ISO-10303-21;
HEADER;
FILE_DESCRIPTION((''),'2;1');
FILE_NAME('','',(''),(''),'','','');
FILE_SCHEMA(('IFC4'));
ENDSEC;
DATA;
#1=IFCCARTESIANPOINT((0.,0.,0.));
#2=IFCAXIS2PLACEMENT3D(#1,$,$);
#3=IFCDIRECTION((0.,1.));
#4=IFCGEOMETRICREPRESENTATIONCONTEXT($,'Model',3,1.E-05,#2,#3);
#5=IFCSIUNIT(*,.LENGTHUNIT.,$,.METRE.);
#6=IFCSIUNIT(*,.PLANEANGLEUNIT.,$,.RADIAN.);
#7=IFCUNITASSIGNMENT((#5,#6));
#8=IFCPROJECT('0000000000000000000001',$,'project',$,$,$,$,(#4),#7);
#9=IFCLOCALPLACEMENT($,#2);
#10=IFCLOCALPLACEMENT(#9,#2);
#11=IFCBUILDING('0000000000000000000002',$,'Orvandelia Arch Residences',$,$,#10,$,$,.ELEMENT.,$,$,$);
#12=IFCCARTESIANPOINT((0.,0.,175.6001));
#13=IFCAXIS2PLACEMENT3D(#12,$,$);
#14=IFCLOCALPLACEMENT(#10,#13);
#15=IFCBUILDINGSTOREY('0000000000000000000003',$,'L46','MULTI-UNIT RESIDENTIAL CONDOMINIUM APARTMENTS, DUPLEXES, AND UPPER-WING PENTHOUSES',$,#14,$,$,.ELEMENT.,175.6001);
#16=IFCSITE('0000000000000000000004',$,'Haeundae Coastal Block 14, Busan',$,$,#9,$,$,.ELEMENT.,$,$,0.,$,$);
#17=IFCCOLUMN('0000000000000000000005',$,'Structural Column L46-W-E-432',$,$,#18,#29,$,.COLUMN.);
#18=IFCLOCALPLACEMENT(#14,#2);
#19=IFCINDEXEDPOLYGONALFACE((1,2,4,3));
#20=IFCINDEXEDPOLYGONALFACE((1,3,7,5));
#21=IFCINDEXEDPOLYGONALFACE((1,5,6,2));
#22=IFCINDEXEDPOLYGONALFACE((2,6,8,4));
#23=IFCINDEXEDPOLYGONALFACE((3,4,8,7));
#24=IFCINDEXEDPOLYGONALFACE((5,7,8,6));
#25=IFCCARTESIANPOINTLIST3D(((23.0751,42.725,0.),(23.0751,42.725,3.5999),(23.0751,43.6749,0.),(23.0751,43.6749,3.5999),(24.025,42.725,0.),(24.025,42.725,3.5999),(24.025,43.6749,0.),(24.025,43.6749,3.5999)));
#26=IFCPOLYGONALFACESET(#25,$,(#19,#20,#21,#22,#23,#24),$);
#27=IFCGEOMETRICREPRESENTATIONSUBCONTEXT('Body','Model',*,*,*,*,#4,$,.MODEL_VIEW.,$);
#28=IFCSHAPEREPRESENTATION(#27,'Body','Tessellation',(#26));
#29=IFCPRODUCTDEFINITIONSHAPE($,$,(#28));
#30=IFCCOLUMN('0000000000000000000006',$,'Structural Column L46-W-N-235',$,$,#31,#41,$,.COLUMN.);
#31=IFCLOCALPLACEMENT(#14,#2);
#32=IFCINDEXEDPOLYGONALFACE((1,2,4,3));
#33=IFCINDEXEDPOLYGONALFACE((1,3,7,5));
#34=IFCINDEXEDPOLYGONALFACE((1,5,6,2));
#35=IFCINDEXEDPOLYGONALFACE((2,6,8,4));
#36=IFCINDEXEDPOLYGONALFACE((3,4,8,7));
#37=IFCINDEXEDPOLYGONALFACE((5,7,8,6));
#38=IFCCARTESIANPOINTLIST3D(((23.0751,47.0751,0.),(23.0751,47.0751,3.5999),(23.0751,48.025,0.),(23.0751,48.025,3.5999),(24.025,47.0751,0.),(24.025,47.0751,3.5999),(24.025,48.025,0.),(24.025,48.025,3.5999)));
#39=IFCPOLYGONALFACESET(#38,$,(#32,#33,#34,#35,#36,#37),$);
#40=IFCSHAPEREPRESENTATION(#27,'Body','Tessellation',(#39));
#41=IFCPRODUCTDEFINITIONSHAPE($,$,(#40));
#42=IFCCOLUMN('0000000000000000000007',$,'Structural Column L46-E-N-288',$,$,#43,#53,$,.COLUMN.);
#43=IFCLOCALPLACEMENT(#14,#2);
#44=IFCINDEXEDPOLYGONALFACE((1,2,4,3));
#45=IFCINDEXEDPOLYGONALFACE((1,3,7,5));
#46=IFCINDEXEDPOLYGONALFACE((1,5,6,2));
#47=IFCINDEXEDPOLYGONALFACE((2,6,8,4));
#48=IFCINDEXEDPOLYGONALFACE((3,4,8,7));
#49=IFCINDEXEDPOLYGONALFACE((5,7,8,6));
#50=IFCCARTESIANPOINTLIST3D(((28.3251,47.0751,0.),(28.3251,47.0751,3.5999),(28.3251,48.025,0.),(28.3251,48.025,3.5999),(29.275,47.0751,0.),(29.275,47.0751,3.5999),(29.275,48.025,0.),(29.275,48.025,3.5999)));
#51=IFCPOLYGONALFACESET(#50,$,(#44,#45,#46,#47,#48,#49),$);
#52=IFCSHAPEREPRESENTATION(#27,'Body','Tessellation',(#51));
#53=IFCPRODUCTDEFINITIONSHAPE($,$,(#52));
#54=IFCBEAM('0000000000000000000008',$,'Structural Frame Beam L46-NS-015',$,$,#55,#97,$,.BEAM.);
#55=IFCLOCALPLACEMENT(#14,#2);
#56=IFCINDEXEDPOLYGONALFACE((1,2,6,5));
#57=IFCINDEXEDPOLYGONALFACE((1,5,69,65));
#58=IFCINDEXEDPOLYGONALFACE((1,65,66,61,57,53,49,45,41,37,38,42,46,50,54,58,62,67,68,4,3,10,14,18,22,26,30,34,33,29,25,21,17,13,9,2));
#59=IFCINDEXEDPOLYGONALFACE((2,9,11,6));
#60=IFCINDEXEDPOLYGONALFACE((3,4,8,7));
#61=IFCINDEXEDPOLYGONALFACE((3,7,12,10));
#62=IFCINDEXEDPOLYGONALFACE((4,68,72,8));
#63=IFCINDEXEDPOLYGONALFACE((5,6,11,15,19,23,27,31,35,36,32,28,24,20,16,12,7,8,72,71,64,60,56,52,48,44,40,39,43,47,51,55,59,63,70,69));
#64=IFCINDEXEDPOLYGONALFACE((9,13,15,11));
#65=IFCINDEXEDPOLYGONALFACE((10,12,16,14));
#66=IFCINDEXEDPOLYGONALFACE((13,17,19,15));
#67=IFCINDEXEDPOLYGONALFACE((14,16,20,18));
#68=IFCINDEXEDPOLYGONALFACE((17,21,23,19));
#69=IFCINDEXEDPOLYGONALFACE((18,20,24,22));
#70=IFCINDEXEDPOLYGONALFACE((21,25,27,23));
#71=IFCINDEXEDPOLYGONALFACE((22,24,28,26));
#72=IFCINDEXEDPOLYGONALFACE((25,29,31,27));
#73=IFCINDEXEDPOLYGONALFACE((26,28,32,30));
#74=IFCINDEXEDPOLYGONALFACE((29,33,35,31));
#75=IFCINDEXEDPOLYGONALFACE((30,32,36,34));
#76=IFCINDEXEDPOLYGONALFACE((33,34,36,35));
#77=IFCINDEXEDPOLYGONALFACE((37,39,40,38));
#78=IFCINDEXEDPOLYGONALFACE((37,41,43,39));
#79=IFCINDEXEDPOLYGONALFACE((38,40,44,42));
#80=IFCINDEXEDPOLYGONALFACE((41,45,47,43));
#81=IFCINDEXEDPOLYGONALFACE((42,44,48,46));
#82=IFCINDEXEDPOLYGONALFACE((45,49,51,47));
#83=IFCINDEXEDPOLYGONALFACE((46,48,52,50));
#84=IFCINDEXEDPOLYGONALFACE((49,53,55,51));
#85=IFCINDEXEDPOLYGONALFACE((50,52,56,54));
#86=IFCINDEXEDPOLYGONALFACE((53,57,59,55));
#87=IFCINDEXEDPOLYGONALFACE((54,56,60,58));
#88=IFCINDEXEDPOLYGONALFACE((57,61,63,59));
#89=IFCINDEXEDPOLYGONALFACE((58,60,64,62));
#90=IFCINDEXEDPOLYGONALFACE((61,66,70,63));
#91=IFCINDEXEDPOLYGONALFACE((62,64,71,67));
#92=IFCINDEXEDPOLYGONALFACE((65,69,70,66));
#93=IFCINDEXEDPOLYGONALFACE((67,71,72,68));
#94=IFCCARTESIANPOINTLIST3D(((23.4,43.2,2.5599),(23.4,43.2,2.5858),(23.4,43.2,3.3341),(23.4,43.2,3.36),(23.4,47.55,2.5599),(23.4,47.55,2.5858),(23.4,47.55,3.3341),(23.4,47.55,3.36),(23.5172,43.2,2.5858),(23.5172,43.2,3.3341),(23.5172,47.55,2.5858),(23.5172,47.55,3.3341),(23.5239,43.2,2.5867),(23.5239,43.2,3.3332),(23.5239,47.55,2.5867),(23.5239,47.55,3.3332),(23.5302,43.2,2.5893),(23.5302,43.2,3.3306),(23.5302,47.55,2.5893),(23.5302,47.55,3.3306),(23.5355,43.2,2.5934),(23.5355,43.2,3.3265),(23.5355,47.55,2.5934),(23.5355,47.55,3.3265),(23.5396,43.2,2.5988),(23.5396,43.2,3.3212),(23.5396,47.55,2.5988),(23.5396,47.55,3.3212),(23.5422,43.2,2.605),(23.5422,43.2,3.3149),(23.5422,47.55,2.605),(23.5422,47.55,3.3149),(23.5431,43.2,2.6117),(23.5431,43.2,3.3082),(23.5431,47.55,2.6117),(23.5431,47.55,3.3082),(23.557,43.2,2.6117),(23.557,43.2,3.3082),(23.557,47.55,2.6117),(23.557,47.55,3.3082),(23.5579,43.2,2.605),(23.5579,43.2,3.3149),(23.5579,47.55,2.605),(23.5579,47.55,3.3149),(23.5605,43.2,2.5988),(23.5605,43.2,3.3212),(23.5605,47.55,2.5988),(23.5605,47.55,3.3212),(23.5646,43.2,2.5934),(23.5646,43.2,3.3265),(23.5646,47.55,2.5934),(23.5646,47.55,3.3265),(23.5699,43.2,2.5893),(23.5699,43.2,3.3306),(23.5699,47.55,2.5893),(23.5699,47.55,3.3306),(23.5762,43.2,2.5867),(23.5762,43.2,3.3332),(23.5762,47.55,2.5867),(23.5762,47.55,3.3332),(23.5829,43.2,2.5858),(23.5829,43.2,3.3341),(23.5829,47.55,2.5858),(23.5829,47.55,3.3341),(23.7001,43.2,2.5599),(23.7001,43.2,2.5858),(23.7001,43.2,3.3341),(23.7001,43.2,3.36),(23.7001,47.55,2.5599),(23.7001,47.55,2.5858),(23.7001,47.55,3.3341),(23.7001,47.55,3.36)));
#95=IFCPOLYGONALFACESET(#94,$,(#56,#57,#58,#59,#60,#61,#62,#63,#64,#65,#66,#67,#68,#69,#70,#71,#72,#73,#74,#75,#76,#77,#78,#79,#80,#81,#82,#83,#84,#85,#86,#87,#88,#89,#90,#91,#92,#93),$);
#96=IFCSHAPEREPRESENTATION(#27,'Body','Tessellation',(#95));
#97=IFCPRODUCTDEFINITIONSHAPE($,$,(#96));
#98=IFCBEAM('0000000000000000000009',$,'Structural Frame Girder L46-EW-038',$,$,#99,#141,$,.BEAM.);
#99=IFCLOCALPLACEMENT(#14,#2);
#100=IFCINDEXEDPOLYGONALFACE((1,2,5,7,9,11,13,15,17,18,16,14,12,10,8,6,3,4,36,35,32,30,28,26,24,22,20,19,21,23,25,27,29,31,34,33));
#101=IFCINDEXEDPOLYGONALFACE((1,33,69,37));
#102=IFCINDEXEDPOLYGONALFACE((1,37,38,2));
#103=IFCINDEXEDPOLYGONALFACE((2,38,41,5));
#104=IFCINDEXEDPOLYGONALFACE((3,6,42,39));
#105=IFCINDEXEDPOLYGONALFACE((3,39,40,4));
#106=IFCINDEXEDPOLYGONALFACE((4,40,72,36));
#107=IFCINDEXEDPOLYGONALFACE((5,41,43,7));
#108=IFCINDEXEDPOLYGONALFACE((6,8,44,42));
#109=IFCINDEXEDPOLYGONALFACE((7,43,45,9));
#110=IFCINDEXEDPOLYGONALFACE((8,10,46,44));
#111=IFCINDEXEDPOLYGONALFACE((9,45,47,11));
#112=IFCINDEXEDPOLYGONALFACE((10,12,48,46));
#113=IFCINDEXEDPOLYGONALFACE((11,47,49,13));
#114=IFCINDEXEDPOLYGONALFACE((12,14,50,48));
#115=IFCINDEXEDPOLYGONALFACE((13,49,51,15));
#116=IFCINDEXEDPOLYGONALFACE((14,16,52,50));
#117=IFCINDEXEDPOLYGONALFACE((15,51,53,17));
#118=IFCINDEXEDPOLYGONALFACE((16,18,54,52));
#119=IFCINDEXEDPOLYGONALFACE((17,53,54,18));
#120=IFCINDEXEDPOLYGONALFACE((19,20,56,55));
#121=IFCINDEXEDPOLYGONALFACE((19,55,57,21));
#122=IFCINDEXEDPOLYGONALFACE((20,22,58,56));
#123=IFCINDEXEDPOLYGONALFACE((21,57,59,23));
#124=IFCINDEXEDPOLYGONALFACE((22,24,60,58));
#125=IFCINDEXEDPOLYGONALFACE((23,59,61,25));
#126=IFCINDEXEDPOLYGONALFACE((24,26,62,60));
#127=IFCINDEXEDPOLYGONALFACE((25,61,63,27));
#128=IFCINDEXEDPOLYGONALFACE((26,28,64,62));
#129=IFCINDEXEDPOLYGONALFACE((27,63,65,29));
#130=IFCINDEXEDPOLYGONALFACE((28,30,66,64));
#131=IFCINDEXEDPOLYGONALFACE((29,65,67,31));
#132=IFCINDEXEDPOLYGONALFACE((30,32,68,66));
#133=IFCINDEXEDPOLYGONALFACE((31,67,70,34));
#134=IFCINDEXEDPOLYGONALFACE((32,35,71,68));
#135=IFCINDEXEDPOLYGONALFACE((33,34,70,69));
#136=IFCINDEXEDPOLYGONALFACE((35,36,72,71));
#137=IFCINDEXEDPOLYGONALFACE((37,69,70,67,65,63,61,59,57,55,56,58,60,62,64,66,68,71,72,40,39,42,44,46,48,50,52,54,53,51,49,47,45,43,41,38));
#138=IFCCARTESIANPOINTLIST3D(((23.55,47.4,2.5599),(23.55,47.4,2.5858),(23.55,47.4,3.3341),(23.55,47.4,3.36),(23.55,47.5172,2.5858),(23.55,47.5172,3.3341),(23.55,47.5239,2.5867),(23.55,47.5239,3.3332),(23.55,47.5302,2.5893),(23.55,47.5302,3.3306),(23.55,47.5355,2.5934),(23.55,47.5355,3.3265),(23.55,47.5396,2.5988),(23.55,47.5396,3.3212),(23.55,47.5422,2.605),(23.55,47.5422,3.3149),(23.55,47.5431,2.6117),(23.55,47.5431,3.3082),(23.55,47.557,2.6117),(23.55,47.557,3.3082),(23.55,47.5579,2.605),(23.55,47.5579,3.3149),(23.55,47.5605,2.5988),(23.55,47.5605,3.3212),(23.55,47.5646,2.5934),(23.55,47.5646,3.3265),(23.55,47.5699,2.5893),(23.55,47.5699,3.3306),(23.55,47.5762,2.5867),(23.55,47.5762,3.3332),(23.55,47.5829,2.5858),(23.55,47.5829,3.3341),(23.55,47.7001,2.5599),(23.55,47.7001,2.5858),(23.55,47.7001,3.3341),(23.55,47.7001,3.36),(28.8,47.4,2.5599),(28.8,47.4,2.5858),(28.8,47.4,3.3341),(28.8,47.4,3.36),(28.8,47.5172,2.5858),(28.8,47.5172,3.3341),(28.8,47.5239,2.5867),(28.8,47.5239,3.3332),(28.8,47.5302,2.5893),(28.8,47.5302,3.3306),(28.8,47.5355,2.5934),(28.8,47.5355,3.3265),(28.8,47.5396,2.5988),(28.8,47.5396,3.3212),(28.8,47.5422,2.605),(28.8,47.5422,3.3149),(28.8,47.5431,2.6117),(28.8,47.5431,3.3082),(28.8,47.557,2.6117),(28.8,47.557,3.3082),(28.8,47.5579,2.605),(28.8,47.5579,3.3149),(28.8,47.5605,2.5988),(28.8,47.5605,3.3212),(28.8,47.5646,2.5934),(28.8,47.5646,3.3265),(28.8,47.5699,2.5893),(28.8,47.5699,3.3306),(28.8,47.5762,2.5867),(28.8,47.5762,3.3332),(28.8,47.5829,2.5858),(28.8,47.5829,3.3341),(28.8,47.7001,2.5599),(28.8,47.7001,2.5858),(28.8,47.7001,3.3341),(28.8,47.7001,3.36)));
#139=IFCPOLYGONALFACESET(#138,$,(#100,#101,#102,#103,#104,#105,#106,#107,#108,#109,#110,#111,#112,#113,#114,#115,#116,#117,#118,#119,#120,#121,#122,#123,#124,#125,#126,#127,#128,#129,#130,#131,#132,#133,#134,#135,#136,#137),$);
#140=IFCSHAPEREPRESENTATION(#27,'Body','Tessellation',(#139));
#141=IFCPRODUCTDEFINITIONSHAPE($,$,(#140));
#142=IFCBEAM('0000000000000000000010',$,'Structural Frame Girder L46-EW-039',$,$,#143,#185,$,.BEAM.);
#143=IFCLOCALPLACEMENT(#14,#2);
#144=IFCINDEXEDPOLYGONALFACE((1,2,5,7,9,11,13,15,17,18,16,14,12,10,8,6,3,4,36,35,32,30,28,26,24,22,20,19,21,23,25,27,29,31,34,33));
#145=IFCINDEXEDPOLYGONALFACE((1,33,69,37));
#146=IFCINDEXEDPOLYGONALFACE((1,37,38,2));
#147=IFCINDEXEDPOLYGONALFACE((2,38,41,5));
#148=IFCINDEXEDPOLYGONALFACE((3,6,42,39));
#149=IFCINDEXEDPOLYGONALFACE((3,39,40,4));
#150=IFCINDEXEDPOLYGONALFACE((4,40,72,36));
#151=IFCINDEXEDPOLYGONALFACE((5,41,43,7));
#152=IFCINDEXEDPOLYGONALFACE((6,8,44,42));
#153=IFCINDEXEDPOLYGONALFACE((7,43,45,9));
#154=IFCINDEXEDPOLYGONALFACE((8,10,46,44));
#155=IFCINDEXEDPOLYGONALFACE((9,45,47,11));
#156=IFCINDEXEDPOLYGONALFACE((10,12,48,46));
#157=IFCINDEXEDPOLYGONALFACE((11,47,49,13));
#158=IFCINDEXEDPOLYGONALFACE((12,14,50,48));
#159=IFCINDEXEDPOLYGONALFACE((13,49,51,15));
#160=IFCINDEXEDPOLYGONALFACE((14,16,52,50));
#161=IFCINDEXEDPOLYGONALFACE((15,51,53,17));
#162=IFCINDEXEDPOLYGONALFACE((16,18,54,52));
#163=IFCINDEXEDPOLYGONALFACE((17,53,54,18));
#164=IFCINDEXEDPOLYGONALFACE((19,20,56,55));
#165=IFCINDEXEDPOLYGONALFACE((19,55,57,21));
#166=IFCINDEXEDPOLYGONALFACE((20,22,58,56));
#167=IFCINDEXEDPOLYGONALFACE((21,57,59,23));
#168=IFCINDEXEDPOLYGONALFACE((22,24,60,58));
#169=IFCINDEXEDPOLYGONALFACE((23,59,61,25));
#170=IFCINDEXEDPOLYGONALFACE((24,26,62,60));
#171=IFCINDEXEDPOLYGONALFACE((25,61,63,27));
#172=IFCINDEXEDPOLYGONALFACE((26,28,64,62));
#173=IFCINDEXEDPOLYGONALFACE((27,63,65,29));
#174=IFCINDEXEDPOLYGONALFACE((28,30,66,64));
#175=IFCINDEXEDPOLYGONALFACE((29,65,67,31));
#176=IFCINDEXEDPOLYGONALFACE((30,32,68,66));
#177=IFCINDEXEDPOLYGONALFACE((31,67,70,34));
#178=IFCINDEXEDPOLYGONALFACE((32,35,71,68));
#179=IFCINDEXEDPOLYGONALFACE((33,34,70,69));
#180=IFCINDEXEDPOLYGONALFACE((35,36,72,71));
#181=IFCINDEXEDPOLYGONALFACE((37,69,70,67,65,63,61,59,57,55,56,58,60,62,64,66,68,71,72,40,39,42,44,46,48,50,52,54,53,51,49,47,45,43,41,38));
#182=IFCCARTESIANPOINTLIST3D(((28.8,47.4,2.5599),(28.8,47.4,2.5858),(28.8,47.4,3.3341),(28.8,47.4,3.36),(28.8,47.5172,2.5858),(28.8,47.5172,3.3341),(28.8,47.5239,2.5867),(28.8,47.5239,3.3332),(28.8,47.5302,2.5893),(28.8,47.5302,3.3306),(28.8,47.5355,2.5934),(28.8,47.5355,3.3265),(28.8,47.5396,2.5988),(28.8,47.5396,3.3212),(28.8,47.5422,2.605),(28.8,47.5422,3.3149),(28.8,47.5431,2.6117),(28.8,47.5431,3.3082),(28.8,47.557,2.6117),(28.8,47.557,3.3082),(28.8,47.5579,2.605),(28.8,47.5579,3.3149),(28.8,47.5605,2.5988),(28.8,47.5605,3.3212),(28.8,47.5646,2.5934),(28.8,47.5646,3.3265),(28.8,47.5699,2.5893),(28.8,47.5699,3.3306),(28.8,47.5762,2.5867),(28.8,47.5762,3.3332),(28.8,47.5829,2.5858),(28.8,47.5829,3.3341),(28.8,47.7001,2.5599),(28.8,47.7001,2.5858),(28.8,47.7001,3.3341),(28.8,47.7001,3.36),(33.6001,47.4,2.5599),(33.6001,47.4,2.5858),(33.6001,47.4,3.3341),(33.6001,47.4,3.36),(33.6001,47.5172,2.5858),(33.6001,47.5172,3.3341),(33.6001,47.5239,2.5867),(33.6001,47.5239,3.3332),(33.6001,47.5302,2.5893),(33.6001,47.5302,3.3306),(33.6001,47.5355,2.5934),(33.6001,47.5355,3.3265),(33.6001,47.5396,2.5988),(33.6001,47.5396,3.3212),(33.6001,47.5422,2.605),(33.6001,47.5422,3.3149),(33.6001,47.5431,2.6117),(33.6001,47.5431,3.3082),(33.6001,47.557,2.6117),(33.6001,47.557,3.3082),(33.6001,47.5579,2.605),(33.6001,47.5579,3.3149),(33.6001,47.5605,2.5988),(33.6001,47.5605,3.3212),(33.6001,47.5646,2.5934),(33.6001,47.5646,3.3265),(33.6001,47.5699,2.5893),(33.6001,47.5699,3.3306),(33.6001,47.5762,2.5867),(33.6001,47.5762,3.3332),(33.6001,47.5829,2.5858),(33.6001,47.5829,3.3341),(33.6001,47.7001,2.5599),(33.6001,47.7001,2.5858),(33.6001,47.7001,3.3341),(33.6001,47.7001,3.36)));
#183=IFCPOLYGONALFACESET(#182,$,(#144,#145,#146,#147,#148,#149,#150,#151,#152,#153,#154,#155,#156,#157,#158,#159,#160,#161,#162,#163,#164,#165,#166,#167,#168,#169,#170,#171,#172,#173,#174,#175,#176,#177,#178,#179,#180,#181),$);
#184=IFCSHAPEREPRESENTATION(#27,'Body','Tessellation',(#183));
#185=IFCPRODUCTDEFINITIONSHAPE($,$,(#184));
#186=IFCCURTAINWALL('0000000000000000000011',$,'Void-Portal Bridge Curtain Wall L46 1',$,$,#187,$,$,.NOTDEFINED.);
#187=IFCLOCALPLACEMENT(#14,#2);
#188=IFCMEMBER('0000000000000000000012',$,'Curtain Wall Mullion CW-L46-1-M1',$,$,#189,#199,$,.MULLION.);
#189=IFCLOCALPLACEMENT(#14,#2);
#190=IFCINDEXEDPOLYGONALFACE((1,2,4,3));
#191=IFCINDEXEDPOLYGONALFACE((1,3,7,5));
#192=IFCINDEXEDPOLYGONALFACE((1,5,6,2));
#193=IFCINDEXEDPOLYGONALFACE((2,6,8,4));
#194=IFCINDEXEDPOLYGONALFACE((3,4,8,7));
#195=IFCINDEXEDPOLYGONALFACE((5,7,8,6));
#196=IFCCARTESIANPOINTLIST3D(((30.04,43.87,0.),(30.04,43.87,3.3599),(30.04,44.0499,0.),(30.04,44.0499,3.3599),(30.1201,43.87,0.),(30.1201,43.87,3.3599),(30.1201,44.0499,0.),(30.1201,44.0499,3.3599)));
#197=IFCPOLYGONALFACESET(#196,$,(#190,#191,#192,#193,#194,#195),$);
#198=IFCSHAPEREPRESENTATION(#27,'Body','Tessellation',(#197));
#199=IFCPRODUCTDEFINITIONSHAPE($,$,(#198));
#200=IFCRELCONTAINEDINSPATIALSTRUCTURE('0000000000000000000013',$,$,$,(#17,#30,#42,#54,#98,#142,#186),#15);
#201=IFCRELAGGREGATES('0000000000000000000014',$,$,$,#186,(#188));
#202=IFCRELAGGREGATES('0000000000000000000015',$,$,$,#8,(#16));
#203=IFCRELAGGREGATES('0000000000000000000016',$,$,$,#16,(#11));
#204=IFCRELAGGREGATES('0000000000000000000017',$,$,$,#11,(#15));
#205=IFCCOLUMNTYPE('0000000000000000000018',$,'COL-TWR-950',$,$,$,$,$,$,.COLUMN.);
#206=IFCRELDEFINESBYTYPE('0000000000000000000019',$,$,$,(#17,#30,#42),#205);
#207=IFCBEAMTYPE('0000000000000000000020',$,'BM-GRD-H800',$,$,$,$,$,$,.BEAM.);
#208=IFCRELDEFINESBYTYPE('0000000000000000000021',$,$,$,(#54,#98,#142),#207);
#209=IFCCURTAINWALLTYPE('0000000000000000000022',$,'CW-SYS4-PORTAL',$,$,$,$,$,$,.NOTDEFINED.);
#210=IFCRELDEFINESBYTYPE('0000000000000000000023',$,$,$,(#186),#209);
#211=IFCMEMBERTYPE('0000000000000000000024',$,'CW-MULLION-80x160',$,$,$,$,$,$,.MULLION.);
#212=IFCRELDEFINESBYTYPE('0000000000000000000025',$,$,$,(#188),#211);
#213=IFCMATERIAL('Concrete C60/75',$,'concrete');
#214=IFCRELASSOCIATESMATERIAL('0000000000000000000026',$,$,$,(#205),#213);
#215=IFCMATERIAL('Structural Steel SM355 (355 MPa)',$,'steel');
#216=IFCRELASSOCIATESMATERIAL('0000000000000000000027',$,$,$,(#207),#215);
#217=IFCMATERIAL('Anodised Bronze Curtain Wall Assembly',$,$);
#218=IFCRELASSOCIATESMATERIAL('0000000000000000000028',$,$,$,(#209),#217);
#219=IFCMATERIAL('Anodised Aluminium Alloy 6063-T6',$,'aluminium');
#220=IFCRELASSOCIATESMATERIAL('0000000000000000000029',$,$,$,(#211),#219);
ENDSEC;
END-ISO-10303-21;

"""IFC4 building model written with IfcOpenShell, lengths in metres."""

from ifc_helpers import new_model, si_unit, direction, frame, origin, origin_2d, place, context, subcontext, project, spatial, rectangle, i_section, extrude, material, material_profile, profile_set, type_object, element, aggregate, save


model = new_model("IFC4")

# Units and contexts
model_context = context("Model", 3, precision=1e-05, world=origin(), true_north=direction((0.0, 1.0)))
body_context = subcontext(model_context, "Body", "Model", "MODEL_VIEW")
ifc_project = project(units=[si_unit("LENGTHUNIT", "METRE"), si_unit("PLANEANGLEUNIT", "RADIAN")], contexts=[model_context])

# Site, building, storey
site_placement = place(None, origin())
site = spatial("IfcSite", under=ifc_project, at=site_placement, Name="Haeundae Coastal Block 14, Busan", CompositionType="ELEMENT", RefElevation=0.0)
building_placement = place(site_placement, origin())
building = spatial("IfcBuilding", under=site, at=building_placement, Name="Orvandelia Arch Residences", CompositionType="ELEMENT")
storey_placement = place(building_placement, frame((0.0, 0.0, 175.6001)))
storey = spatial("IfcBuildingStorey", under=building, at=storey_placement, Name="L46", Description="MULTI-UNIT RESIDENTIAL CONDOMINIUM APARTMENTS, DUPLEXES, AND UPPER-WING PENTHOUSES", CompositionType="ELEMENT", Elevation=175.6001)

# Columns
ifc_material_1 = material(Name="Concrete C60/75", Category="concrete")
ifc_material_profile_1 = material_profile(ifc_material_1, rectangle(XDim=0.95, YDim=0.95, at=origin_2d()), Name="Concrete C60/75", Category="concrete")
ifc_profile_set_1 = profile_set([ifc_material_profile_1], Name="Concrete C60/75")
column_type = type_object("IfcColumnType", Name="COL-TWR-950", PredefinedType="COLUMN", material=ifc_profile_set_1)
for number, where, z_axis, x_axis, name in (
    (1, (23.55, 43.2, 0.0), (0.0, 0.0, 1.0), (1.0, 0.0, 0.0), "Structural Column L46-W-E-432"),
    (2, (23.55, 47.55, 0.0), (0.0, 0.0, 1.0), (1.0, 0.0, 0.0), "Structural Column L46-W-N-235"),
    (3, (28.8, 47.55, 0.0), (0.0, 0.0, 1.0), (1.0, 0.0, 0.0), "Structural Column L46-E-N-288"),
):
    element("IfcColumn", number, at=place(storey_placement, frame(where, z_axis=z_axis, x_axis=x_axis)), inside=storey, type_object=column_type, Name=name, PredefinedType="COLUMN", context=body_context, shape_type="SweptSolid", body=[
        extrude(rectangle(XDim=0.95, YDim=0.95, at=origin_2d()), origin(), (0.0, 0.0, 1.0), 3.5999),
    ])

# Beams
ifc_material_2 = material(Name="Structural Steel SM355 (355 MPa)", Category="steel")
ifc_material_profile_2 = material_profile(ifc_material_2, i_section(OverallWidth=0.3, OverallDepth=0.8, WebThickness=0.0139, FlangeThickness=0.0259, FilletRadius=0.0259, at=origin_2d()), Name="Structural Steel SM355 (355 MPa)", Category="steel")
ifc_profile_set_2 = profile_set([ifc_material_profile_2], Name="Structural Steel SM355 (355 MPa)")
beam_type = type_object("IfcBeamType", Name="BM-GRD-H800", PredefinedType="BEAM", material=ifc_profile_set_2)
beam_1_placement = place(storey_placement, frame((23.55, 43.2, 2.96), z_axis=(0.0, 1.0, 0.0), x_axis=(-1.0, 0.0, 0.0)))
element("IfcBeam", 4, at=beam_1_placement, inside=storey, type_object=beam_type, Name="Structural Frame Beam L46-NS-015", PredefinedType="BEAM", context=body_context, shape_type="SweptSolid", body=[
    extrude(i_section(OverallWidth=0.3, OverallDepth=0.8, WebThickness=0.0139, FlangeThickness=0.0259, FilletRadius=0.0259, at=origin_2d()), origin(), (0.0, 0.0, 1.0), 4.3501),
])
beam_2_placement = place(storey_placement, frame((23.55, 47.55, 2.96), z_axis=(1.0, 0.0, 0.0), x_axis=(0.0, 1.0, 0.0)))
element("IfcBeam", 5, at=beam_2_placement, inside=storey, type_object=beam_type, Name="Structural Frame Girder L46-EW-038", PredefinedType="BEAM", context=body_context, shape_type="SweptSolid", body=[
    extrude(i_section(OverallWidth=0.3, OverallDepth=0.8, WebThickness=0.0139, FlangeThickness=0.0259, FilletRadius=0.0259, at=origin_2d()), origin(), (0.0, 0.0, 1.0), 5.25),
])
beam_3_placement = place(storey_placement, frame((28.8, 47.55, 2.96), z_axis=(1.0, 0.0, 0.0), x_axis=(0.0, 1.0, 0.0)))
element("IfcBeam", 6, at=beam_3_placement, inside=storey, type_object=beam_type, Name="Structural Frame Girder L46-EW-039", PredefinedType="BEAM", context=body_context, shape_type="SweptSolid", body=[
    extrude(i_section(OverallWidth=0.3, OverallDepth=0.8, WebThickness=0.0139, FlangeThickness=0.0259, FilletRadius=0.0259, at=origin_2d()), origin(), (0.0, 0.0, 1.0), 4.8),
])

# Curtain wall, member
ifc_material_3 = material(Name="Anodised Bronze Curtain Wall Assembly")
curtain_wall_type = type_object("IfcCurtainWallType", Name="CW-SYS4-PORTAL", PredefinedType="NOTDEFINED", material=ifc_material_3)
curtain_wall_placement = place(storey_placement, origin())
curtain_wall = element("IfcCurtainWall", 7, at=curtain_wall_placement, inside=storey, type_object=curtain_wall_type, Name="Void-Portal Bridge Curtain Wall L46 1", PredefinedType="NOTDEFINED")
ifc_material_4 = material(Name="Anodised Aluminium Alloy 6063-T6", Category="aluminium")
ifc_material_profile_3 = material_profile(ifc_material_4, rectangle(XDim=0.0801, YDim=0.1799, at=origin_2d()), Name="Anodised Aluminium Alloy 6063-T6", Category="aluminium")
ifc_profile_set_3 = profile_set([ifc_material_profile_3], Name="Anodised Aluminium Alloy 6063-T6")
member_type_1 = type_object("IfcMemberType", Name="CW-MULLION-80x160", PredefinedType="MULLION", material=ifc_profile_set_3)
member_1_placement = place(storey_placement, frame((30.0801, 43.96, 0.0), z_axis=(0.0, 0.0, 1.0), x_axis=(1.0, 0.0, 0.0)))
member_1 = element("IfcMember", 8, at=member_1_placement, type_object=member_type_1, Name="Curtain Wall Mullion CW-L46-1-M1", PredefinedType="MULLION", context=body_context, shape_type="SweptSolid", body=[
    extrude(rectangle(XDim=0.0801, YDim=0.1799, at=origin_2d()), origin(), (0.0, 0.0, 1.0), 3.3599),
])
aggregate(curtain_wall, [member_1])

save(model, "model.ifc")
